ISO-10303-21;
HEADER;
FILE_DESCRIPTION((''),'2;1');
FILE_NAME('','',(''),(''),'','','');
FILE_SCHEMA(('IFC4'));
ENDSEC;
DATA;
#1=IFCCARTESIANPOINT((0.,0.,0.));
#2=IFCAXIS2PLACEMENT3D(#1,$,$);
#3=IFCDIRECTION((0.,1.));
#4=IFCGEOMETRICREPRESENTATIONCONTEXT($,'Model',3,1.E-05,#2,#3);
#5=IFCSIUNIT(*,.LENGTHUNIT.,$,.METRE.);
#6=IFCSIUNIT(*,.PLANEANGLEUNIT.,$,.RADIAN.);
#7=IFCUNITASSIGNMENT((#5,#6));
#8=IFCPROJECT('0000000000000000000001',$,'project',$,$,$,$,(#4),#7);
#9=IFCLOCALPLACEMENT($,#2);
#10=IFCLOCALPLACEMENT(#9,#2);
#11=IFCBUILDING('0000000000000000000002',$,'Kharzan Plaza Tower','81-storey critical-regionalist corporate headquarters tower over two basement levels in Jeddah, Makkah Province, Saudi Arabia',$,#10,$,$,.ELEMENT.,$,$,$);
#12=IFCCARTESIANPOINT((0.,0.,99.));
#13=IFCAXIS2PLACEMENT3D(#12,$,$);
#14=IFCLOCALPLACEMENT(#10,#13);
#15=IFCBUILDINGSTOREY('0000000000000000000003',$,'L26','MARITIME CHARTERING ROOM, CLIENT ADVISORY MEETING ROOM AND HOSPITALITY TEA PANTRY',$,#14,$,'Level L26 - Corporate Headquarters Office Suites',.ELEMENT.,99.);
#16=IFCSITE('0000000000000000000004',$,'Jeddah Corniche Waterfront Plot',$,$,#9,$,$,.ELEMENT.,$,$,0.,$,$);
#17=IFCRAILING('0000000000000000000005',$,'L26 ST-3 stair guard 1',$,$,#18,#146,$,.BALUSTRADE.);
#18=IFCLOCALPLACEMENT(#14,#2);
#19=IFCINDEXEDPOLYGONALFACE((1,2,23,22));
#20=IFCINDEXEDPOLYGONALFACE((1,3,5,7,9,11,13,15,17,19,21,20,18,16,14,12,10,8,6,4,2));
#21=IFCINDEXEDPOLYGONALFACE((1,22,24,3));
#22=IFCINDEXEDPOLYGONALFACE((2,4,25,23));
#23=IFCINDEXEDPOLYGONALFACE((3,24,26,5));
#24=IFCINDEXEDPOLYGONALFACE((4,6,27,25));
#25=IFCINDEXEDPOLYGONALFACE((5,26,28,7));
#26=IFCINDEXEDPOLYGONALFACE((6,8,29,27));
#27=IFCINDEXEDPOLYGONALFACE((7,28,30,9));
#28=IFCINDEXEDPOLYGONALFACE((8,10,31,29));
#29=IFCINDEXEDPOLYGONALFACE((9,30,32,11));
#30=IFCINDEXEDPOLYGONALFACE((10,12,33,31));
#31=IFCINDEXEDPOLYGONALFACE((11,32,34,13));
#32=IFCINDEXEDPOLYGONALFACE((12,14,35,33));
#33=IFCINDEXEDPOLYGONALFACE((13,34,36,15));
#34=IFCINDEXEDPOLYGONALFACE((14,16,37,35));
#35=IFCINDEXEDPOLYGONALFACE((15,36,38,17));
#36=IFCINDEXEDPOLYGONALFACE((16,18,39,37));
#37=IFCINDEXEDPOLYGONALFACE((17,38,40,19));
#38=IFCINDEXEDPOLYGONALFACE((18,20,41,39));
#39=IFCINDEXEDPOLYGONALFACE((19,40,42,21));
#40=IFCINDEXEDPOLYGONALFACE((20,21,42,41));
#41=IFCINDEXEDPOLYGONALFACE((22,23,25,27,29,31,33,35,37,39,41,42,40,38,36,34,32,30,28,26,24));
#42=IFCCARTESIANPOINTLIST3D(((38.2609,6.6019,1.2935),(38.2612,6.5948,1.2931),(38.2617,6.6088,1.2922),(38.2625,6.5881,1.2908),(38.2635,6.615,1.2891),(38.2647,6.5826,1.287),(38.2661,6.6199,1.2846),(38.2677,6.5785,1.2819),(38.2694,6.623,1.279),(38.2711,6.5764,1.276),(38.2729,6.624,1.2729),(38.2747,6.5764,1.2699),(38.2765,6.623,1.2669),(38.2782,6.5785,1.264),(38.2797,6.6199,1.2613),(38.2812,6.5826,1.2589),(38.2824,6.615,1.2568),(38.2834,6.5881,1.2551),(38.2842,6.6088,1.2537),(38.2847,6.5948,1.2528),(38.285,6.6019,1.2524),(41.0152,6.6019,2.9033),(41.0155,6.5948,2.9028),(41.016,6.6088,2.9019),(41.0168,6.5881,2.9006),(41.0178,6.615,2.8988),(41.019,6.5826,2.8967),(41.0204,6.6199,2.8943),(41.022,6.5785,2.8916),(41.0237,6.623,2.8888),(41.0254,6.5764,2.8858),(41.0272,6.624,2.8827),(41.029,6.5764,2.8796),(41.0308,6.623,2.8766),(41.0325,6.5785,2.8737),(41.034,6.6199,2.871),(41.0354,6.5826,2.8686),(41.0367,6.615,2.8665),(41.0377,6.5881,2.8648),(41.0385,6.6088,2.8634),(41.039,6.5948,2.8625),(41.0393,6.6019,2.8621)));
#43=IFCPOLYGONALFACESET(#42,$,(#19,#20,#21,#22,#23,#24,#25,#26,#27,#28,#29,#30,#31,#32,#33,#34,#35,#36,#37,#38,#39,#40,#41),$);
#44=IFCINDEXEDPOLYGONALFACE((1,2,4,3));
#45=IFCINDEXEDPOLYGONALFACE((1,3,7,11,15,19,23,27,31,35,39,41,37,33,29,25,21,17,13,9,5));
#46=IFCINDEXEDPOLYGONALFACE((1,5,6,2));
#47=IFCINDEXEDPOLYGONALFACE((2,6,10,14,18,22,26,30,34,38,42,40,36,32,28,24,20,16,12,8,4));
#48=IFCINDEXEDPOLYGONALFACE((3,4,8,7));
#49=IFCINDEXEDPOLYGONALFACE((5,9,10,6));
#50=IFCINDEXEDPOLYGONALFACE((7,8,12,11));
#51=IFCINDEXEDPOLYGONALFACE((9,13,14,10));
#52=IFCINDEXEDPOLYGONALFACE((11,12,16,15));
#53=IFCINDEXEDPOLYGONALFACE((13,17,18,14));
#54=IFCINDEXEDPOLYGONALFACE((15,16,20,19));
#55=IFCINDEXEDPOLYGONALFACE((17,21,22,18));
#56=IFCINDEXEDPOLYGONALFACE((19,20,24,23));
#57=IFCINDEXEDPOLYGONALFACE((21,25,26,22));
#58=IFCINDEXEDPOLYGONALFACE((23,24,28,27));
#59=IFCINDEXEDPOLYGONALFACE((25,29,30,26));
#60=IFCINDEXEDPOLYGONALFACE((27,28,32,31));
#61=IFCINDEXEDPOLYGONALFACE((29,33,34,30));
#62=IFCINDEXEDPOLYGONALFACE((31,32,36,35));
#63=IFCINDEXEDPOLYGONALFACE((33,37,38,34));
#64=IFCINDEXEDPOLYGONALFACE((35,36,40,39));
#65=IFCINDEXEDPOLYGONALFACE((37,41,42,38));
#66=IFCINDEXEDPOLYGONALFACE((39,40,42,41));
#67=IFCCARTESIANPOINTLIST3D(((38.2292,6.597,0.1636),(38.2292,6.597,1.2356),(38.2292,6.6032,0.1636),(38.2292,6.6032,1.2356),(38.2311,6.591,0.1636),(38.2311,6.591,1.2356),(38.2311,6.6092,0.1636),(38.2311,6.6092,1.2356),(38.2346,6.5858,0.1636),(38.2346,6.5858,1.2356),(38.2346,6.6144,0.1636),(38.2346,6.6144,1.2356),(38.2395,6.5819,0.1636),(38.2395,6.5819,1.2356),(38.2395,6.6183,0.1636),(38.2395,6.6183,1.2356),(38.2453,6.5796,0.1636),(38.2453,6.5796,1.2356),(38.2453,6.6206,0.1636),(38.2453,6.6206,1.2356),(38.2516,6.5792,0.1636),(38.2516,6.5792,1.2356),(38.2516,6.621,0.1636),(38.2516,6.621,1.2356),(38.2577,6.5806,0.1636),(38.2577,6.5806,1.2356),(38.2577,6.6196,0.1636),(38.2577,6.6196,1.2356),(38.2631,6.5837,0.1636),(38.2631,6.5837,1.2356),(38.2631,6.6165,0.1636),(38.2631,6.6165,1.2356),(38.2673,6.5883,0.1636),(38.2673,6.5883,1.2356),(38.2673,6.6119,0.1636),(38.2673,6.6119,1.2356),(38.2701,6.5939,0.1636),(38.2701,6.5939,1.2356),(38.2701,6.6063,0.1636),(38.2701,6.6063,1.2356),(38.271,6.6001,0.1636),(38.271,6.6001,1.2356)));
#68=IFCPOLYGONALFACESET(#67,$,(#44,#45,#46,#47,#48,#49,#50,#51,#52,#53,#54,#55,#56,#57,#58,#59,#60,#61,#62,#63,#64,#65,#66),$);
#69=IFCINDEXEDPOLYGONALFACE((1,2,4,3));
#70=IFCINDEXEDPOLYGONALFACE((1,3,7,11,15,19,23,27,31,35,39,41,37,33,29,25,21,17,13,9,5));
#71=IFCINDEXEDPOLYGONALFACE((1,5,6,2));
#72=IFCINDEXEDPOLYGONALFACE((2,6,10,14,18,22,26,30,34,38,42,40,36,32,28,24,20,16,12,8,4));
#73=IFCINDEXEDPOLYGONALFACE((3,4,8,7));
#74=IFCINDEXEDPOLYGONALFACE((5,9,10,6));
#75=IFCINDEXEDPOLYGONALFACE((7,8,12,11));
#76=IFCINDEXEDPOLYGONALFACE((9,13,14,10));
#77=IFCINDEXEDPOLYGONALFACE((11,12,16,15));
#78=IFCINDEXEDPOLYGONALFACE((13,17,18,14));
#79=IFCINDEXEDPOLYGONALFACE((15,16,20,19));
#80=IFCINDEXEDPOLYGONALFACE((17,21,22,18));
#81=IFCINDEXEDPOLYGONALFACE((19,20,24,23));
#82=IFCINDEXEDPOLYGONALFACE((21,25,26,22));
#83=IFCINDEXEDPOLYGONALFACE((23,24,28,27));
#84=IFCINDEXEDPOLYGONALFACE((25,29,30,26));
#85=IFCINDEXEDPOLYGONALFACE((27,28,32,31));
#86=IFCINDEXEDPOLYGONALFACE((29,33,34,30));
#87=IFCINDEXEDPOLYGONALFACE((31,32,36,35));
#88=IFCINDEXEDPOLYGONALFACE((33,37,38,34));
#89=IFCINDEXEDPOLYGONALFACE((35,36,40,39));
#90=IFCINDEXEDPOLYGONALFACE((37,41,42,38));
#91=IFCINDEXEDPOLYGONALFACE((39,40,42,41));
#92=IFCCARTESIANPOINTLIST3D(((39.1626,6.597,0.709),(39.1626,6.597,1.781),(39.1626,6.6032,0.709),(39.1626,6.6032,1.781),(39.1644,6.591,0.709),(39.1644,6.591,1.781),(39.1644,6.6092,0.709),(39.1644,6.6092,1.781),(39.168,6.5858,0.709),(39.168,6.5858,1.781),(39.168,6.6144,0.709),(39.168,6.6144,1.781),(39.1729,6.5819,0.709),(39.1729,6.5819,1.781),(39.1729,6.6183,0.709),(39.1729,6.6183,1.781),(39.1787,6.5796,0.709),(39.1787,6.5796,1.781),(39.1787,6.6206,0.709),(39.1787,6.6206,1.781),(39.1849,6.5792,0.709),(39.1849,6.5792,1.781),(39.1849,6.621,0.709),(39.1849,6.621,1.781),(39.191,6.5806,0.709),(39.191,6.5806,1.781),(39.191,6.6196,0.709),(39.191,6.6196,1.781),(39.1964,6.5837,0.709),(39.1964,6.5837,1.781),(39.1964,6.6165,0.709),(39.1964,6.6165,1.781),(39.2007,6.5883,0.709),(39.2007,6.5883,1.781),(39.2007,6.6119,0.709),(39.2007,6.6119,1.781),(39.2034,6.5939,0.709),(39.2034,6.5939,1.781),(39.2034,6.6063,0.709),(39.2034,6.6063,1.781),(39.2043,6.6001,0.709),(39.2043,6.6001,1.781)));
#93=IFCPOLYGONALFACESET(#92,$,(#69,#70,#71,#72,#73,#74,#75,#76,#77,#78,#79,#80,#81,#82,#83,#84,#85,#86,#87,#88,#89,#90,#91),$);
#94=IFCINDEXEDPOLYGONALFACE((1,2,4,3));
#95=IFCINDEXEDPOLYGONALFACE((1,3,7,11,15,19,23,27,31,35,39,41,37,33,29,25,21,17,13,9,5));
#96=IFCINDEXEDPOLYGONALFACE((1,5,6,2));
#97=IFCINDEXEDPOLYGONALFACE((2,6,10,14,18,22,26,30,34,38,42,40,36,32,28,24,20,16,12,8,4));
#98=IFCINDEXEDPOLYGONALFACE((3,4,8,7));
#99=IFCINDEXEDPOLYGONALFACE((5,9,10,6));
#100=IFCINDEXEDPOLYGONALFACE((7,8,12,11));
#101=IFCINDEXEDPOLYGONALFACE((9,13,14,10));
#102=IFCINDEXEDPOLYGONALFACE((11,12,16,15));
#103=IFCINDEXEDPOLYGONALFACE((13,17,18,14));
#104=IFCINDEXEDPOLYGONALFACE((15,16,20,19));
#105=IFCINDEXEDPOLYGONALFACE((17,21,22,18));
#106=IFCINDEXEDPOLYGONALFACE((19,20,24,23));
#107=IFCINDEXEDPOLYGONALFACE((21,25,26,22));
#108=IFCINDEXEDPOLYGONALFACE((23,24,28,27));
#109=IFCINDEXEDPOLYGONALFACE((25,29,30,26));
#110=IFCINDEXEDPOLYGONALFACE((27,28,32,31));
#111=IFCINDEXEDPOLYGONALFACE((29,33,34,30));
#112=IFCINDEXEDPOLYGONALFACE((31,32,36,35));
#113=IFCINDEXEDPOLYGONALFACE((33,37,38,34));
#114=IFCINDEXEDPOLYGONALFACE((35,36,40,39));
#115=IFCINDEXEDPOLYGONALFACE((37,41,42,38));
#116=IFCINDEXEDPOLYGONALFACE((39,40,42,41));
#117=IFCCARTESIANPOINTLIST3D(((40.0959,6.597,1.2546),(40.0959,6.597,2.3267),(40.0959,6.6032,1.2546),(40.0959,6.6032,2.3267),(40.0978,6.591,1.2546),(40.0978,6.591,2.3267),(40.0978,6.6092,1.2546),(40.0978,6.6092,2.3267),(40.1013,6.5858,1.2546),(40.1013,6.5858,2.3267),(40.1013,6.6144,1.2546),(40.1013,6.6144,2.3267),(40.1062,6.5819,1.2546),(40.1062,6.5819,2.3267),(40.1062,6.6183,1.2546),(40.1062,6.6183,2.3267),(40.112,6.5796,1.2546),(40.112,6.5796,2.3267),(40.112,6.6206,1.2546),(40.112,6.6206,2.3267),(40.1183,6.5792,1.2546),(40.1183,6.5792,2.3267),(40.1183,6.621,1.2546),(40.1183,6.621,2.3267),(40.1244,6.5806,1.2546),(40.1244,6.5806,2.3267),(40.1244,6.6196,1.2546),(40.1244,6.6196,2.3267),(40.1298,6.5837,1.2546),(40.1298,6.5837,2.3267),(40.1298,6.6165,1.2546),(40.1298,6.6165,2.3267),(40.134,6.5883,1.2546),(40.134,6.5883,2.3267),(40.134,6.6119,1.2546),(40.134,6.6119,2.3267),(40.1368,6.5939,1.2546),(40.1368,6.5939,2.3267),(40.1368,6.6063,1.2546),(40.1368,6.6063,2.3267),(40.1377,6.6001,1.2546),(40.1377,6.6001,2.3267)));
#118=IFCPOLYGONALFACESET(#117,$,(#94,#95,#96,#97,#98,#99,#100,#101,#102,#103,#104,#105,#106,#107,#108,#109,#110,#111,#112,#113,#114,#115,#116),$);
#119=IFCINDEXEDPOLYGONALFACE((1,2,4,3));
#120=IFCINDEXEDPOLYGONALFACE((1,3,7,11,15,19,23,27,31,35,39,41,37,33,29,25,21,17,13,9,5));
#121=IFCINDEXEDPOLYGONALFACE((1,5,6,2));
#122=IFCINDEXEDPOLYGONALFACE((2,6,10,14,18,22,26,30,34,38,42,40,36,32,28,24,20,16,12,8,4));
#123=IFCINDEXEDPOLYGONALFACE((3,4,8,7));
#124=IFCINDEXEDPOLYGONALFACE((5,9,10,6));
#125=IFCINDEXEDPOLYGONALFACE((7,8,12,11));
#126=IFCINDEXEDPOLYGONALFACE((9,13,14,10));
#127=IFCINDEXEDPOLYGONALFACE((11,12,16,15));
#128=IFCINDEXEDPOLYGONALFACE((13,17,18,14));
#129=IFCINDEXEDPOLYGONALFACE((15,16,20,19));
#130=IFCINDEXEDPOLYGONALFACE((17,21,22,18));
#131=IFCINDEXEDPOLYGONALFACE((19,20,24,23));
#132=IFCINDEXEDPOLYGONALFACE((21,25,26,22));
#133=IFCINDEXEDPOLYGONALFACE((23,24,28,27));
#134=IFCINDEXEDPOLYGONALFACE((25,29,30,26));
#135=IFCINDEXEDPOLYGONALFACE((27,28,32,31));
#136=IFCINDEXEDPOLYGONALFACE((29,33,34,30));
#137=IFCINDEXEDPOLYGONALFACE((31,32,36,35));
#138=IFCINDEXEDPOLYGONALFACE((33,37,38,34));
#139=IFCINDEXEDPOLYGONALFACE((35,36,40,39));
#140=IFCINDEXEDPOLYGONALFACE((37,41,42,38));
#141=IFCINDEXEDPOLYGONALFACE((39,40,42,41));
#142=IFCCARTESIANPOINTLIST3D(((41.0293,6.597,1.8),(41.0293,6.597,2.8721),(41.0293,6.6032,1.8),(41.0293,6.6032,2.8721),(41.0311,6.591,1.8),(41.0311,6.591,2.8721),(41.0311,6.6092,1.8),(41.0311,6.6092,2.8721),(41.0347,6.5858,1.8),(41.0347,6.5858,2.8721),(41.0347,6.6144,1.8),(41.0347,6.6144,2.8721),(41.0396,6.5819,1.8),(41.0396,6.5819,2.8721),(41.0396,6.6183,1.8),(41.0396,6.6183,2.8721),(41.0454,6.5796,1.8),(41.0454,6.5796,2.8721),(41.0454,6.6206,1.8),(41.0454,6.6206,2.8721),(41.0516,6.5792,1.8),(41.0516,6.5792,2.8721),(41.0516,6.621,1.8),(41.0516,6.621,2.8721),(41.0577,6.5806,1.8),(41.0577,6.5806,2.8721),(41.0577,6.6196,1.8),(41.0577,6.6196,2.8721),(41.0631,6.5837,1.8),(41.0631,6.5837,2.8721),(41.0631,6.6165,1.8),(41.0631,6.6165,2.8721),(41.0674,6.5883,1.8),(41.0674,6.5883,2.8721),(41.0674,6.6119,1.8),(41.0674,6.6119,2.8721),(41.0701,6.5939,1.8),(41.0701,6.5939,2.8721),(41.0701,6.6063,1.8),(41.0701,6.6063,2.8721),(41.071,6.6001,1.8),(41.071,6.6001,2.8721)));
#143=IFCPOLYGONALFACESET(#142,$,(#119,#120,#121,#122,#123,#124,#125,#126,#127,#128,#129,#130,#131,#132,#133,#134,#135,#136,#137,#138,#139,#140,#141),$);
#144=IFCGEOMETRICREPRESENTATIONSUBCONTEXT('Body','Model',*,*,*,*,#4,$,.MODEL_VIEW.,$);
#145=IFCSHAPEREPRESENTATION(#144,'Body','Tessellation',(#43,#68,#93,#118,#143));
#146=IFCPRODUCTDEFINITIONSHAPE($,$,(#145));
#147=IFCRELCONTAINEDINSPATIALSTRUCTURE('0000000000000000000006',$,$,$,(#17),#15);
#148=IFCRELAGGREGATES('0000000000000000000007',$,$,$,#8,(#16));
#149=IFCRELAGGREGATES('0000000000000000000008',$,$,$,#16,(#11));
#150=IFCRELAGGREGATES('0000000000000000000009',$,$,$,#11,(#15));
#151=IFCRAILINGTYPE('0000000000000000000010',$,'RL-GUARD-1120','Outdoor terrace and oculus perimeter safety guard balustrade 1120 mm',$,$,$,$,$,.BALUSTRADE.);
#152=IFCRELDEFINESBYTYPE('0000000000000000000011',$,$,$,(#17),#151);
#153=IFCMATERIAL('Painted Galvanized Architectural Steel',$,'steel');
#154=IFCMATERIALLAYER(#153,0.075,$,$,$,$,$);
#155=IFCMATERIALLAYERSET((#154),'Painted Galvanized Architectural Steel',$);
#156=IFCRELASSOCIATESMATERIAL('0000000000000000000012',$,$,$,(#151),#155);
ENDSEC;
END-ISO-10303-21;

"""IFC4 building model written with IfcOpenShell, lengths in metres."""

from ifc_helpers import new_model, si_unit, direction, frame, origin, origin_2d, place, context, subcontext, project, spatial, circle, extrude, source, transform, mapped, material, layer, layer_set, type_object, element, save


model = new_model("IFC4")

# Units and contexts
model_context = context("Model", 3, precision=1e-05, world=origin(), true_north=direction((0.0, 1.0)))
body_context = subcontext(model_context, "Body", "Model", "MODEL_VIEW")
ifc_project = project(units=[si_unit("LENGTHUNIT", "METRE"), si_unit("PLANEANGLEUNIT", "RADIAN")], contexts=[model_context])

# Site, building, storey
site_placement = place(None, origin())
site = spatial("IfcSite", under=ifc_project, at=site_placement, Name="Jeddah Corniche Waterfront Plot", CompositionType="ELEMENT", RefElevation=0.0)
building_placement = place(site_placement, origin())
building = spatial("IfcBuilding", under=site, at=building_placement, Name="Kharzan Plaza Tower", Description="81-storey critical-regionalist corporate headquarters tower over two basement levels in Jeddah, Makkah Province, Saudi Arabia", CompositionType="ELEMENT")
storey_placement = place(building_placement, frame((0.0, 0.0, 99.0)))
storey = spatial("IfcBuildingStorey", under=building, at=storey_placement, Name="L26", Description="MARITIME CHARTERING ROOM, CLIENT ADVISORY MEETING ROOM AND HOSPITALITY TEA PANTRY", LongName="Level L26 - Corporate Headquarters Office Suites", CompositionType="ELEMENT", Elevation=99.0)

# Railing
ifc_material_1 = material(Name="Painted Galvanized Architectural Steel", Category="steel")
ifc_layer_1 = layer(ifc_material_1, 0.075)
ifc_layer_set_1 = layer_set([ifc_layer_1], Name="Painted Galvanized Architectural Steel")
railing_type_1 = type_object("IfcRailingType", Name="RL-GUARD-1120", Description="Outdoor terrace and oculus perimeter safety guard balustrade 1120 mm", PredefinedType="BALUSTRADE", material=ifc_layer_set_1)
shared_shape_1 = source(origin(), body_context, "Body", "SweptSolid", [
    extrude(circle(Radius=0.0239, at=origin_2d()), frame((0.0229, 0.0, 1.1094), z_axis=(0.863361, 0.0, 0.504587), x_axis=(0.0, 1.0, 0.0)), (0.0, 0.0, 1.0), 3.1902),
    extrude(circle(Radius=0.021, at=origin_2d()), origin(), (0.0, 0.0, 1.0), 1.072),
    extrude(circle(Radius=0.021, at=origin_2d()), frame((0.9333, 0.0, 0.5454)), (0.0, 0.0, 1.0), 1.072),
    extrude(circle(Radius=0.021, at=origin_2d()), frame((1.8667, 0.0, 1.0911)), (0.0, 0.0, 1.0), 1.072),
    extrude(circle(Radius=0.021, at=origin_2d()), frame((2.8, 0.0, 1.6365)), (0.0, 0.0, 1.0), 1.072),
])
railing_1_placement = place(storey_placement, frame((38.25, 6.6001, 0.1636)))
element("IfcRailing", 1, at=railing_1_placement, inside=storey, type_object=railing_type_1, Name="L26 ST-3 stair guard 1", PredefinedType="BALUSTRADE", context=body_context, shape_type="MappedRepresentation", body=[
    mapped(shared_shape_1, transform((0.0, 0.0, 0.0), x_axis=(1.0, 0.0, 0.0), y_axis=(0.0, 1.0, 0.0), z_axis=(0.0, 0.0, 1.0))),
])

save(model, "model.ifc")
